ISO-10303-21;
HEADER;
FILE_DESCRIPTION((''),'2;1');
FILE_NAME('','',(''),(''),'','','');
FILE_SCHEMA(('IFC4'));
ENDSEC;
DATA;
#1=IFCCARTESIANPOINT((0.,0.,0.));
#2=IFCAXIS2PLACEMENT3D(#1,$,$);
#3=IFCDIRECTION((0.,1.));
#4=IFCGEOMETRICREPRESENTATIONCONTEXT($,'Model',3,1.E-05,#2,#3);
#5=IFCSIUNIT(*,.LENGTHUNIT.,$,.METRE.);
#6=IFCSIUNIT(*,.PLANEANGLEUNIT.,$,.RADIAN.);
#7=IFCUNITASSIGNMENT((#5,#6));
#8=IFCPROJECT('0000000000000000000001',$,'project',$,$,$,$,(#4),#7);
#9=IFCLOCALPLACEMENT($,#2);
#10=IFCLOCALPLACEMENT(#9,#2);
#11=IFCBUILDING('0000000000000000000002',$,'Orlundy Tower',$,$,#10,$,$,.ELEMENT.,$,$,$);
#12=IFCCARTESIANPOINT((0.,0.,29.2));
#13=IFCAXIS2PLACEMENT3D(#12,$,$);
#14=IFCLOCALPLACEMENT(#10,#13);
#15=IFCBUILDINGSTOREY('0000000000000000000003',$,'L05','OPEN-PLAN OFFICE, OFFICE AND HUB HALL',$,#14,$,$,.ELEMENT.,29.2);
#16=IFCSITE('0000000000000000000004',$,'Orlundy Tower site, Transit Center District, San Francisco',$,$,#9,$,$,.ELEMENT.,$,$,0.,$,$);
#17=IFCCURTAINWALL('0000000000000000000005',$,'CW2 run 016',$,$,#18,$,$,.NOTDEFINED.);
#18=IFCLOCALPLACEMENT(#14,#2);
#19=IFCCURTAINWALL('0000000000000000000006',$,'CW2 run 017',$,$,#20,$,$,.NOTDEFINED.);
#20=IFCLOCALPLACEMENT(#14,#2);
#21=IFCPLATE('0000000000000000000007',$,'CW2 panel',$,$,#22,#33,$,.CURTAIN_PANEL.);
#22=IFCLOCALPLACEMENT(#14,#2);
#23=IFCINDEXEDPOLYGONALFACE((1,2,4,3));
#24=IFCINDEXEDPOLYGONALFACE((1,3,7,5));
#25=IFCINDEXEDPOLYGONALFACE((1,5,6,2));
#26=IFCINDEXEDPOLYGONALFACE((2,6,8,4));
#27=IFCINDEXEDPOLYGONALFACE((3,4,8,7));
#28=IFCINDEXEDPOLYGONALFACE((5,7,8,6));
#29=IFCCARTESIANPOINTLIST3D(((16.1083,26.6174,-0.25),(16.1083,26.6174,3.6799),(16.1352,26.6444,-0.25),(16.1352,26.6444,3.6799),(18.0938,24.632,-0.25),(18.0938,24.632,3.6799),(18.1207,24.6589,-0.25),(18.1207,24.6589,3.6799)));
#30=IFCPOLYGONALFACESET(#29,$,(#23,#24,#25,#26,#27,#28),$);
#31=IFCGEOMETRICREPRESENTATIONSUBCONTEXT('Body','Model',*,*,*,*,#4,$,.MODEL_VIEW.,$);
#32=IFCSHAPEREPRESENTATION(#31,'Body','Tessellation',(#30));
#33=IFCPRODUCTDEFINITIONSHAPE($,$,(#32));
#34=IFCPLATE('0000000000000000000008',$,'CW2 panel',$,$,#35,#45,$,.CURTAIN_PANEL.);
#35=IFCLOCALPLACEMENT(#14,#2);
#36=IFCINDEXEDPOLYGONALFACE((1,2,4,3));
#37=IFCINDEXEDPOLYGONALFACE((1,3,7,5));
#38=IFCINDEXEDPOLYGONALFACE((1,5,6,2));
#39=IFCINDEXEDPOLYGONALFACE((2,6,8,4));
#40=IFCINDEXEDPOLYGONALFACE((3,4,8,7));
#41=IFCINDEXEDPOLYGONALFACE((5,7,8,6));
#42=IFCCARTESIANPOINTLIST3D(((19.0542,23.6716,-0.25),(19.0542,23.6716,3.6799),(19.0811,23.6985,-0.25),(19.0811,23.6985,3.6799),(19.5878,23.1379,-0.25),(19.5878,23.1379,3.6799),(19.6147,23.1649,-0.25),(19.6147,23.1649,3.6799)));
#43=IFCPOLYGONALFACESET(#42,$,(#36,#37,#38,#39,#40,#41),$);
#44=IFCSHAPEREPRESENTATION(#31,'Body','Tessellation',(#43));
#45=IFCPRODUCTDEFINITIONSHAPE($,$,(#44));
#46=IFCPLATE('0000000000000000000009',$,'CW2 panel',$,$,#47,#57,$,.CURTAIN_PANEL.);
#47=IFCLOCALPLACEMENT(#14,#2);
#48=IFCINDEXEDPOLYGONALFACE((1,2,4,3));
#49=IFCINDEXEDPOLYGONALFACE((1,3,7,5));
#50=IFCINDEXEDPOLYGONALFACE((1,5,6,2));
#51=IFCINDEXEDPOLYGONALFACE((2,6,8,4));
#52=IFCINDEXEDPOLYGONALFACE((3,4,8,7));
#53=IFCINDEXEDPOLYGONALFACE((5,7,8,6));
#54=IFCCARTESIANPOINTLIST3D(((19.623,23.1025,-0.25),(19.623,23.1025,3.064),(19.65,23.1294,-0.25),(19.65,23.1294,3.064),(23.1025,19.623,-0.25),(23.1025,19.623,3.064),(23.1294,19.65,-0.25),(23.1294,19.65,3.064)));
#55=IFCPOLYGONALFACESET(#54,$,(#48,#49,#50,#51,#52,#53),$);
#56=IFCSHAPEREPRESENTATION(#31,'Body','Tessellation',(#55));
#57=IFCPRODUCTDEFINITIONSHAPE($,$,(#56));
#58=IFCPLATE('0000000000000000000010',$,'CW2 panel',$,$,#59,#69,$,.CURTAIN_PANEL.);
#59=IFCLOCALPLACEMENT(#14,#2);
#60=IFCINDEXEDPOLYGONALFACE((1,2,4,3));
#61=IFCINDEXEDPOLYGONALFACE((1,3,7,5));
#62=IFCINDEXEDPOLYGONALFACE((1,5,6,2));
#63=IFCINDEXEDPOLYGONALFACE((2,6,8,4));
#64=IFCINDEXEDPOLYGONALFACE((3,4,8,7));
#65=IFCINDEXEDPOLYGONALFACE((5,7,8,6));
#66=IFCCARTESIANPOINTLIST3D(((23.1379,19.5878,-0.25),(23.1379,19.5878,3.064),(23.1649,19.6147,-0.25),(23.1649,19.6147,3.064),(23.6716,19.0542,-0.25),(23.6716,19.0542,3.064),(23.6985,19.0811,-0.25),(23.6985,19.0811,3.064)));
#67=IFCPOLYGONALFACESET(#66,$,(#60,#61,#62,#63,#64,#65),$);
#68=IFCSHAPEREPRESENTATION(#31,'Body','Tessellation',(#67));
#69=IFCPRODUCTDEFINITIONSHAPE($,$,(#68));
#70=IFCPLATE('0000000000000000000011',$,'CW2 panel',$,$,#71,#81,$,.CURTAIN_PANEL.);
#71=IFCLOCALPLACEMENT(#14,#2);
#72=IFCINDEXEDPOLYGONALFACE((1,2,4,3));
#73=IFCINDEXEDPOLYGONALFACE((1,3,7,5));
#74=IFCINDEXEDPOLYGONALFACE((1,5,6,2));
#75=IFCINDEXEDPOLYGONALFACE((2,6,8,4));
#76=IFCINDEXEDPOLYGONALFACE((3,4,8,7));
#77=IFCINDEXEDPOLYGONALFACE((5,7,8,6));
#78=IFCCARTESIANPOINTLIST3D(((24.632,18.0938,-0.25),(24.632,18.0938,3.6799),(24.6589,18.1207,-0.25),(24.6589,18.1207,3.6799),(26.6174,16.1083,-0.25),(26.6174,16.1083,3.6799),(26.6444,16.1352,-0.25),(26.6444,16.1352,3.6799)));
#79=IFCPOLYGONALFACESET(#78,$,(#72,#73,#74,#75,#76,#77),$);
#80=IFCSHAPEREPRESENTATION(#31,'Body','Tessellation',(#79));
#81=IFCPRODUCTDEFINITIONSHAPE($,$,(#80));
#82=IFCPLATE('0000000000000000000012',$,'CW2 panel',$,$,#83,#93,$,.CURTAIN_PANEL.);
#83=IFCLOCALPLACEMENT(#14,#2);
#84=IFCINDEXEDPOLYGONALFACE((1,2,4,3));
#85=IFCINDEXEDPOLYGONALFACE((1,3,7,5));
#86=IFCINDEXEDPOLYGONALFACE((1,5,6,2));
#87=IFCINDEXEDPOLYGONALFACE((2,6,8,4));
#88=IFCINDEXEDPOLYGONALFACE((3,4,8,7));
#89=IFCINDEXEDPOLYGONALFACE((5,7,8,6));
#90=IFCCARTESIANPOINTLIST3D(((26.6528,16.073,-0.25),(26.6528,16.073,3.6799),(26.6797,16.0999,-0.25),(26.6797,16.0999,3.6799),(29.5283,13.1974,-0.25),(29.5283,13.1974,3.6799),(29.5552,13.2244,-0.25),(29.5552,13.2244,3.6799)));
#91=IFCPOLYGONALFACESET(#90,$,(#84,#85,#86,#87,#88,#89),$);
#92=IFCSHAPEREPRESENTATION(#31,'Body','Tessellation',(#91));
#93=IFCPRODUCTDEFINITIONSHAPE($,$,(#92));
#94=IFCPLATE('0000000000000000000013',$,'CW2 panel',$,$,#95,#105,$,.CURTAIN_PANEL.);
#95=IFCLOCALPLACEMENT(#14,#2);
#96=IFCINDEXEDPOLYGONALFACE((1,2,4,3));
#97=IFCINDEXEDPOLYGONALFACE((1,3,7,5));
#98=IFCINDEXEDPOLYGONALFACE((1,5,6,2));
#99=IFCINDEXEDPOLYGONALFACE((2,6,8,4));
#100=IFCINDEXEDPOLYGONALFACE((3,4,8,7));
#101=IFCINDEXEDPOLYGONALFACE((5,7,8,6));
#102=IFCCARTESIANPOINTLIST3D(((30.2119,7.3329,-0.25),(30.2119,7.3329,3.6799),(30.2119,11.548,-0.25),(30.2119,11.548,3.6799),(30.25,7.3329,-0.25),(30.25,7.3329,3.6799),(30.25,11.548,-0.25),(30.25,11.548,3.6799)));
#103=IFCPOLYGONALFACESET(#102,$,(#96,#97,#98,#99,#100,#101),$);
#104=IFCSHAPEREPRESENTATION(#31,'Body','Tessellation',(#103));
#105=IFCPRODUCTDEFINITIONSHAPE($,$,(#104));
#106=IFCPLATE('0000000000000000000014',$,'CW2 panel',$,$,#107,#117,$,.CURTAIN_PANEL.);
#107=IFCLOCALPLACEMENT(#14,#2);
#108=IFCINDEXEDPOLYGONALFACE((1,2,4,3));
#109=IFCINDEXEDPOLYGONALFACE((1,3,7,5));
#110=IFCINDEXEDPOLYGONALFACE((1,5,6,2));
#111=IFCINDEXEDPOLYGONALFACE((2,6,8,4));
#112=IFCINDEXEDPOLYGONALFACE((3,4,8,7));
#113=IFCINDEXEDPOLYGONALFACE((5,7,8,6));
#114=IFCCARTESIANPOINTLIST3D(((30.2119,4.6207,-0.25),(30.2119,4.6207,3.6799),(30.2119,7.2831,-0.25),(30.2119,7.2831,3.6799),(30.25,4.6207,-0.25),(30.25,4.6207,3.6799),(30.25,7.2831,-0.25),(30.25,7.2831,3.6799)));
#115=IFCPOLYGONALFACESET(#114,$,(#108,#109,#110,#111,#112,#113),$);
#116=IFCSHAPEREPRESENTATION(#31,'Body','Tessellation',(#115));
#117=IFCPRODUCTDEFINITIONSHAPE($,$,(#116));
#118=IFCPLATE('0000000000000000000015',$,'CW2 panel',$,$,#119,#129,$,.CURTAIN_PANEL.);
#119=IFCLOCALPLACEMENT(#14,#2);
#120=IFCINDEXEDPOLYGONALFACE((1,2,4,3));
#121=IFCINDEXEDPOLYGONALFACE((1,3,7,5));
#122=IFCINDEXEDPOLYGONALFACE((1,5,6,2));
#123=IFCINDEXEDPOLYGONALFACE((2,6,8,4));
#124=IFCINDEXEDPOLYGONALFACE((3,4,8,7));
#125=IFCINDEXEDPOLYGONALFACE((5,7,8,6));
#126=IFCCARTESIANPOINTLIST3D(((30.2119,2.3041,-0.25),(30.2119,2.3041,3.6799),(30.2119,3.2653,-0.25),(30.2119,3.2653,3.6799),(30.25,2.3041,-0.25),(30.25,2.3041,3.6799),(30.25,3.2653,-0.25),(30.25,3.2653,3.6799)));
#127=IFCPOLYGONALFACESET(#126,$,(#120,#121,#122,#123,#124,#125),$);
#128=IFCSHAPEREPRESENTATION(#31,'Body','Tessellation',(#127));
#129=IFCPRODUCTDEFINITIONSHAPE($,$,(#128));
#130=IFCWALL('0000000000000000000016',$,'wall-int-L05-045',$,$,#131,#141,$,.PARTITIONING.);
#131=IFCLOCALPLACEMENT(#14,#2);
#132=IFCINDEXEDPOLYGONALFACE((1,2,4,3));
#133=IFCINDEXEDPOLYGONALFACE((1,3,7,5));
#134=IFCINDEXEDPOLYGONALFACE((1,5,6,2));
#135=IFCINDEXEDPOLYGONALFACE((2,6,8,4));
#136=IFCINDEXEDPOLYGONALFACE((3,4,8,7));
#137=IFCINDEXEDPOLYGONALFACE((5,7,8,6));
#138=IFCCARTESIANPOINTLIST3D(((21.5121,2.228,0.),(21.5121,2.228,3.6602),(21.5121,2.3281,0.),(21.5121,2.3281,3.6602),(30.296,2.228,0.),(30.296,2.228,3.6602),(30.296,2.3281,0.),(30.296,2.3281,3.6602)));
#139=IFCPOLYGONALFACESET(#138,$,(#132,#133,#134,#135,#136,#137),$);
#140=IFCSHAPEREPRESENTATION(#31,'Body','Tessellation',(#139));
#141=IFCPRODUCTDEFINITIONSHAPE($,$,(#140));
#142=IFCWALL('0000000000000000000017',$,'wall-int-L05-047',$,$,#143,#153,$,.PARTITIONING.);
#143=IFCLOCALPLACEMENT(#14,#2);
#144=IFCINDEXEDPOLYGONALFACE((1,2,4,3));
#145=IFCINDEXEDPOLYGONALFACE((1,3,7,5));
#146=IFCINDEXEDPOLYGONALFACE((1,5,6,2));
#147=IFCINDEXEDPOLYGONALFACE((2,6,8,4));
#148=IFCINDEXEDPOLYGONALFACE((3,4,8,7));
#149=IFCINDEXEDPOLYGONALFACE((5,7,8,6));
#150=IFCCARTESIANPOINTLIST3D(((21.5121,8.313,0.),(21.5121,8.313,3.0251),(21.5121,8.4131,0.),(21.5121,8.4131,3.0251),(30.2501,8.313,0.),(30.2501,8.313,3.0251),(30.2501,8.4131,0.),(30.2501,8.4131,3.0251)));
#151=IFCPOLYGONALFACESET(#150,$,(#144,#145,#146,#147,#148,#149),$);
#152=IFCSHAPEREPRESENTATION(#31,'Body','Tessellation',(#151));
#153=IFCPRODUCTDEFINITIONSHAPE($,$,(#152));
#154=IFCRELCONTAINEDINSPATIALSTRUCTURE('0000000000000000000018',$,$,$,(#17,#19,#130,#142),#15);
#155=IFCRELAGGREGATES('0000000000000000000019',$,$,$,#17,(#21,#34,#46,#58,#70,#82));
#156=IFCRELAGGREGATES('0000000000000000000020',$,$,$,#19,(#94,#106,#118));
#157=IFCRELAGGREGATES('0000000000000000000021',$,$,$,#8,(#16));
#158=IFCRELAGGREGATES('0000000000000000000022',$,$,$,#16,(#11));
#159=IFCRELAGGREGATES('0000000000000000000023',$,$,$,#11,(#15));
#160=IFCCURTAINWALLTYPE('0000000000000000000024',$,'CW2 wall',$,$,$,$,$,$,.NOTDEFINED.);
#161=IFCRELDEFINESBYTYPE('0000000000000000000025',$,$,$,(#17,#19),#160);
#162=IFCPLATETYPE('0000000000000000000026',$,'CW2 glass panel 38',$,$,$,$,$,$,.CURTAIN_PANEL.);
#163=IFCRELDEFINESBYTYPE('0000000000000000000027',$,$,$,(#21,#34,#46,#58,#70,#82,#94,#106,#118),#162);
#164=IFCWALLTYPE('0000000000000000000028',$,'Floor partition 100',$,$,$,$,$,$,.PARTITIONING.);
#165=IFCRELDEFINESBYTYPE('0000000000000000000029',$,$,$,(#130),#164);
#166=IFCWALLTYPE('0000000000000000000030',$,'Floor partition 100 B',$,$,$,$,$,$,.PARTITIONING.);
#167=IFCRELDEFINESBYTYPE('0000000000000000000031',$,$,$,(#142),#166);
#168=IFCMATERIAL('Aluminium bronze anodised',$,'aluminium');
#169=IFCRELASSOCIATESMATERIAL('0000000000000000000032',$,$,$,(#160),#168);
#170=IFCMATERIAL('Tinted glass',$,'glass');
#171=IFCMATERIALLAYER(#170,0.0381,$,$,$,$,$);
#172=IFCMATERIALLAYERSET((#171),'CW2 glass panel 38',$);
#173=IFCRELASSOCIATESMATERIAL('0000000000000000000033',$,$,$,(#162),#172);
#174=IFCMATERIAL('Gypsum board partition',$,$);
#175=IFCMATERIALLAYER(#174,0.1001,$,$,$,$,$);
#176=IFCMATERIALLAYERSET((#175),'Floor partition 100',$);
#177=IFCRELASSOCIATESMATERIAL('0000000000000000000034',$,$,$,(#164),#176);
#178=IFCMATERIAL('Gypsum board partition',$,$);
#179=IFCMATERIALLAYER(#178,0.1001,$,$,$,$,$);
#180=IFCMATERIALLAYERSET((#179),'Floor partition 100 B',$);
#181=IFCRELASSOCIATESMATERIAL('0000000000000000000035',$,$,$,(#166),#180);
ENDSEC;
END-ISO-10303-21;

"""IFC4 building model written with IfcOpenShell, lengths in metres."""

from ifc_helpers import new_model, si_unit, direction, frame, frame_2d, origin, origin_2d, place, context, subcontext, project, spatial, rectangle, extrude, material, layer, layer_set, type_object, element, aggregate, save


model = new_model("IFC4")

# Units and contexts
model_context = context("Model", 3, precision=1e-05, world=origin(), true_north=direction((0.0, 1.0)))
body_context = subcontext(model_context, "Body", "Model", "MODEL_VIEW")
ifc_project = project(units=[si_unit("LENGTHUNIT", "METRE"), si_unit("PLANEANGLEUNIT", "RADIAN")], contexts=[model_context])

# Site, building, storey
site_placement = place(None, origin())
site = spatial("IfcSite", under=ifc_project, at=site_placement, Name="Orlundy Tower site, Transit Center District, San Francisco", CompositionType="ELEMENT", RefElevation=0.0)
building_placement = place(site_placement, origin())
building = spatial("IfcBuilding", under=site, at=building_placement, Name="Orlundy Tower", CompositionType="ELEMENT")
storey_placement = place(building_placement, frame((0.0, 0.0, 29.2)))
storey = spatial("IfcBuildingStorey", under=building, at=storey_placement, Name="L05", Description="OPEN-PLAN OFFICE, OFFICE AND HUB HALL", CompositionType="ELEMENT", Elevation=29.2)

# Shared definitions
ifc_material_1 = material(Name="Aluminium bronze anodised", Category="aluminium")
curtain_wall_type = type_object("IfcCurtainWallType", Name="CW2 wall", PredefinedType="NOTDEFINED", material=ifc_material_1)

# Curtain wall
curtain_wall_1_placement = place(storey_placement, origin())
curtain_wall_1 = element("IfcCurtainWall", 1, at=curtain_wall_1_placement, inside=storey, type_object=curtain_wall_type, Name="CW2 run 016", PredefinedType="NOTDEFINED")

# Curtain wall
curtain_wall_2_placement = place(storey_placement, origin())
curtain_wall_2 = element("IfcCurtainWall", 2, at=curtain_wall_2_placement, inside=storey, type_object=curtain_wall_type, Name="CW2 run 017", PredefinedType="NOTDEFINED")

# Plates
ifc_material_2 = material(Name="Tinted glass", Category="glass")
ifc_layer_1 = layer(ifc_material_2, 0.0381)
ifc_layer_set_1 = layer_set([ifc_layer_1], Name="CW2 glass panel 38")
plate_type = type_object("IfcPlateType", Name="CW2 glass panel 38", PredefinedType="CURTAIN_PANEL", material=ifc_layer_set_1)
plate_1_placement = place(storey_placement, frame((17.1145, 25.6382, -0.25), z_axis=(0.0, 0.0, 1.0), x_axis=(0.707107, -0.707107, 0.0)))
plate_1 = element("IfcPlate", 3, at=plate_1_placement, type_object=plate_type, Name="CW2 panel", PredefinedType="CURTAIN_PANEL", context=body_context, shape_type="SweptSolid", body=[
    extrude(rectangle(XDim=2.8079, YDim=0.0381, at=origin_2d()), origin(), (0.0, 0.0, 1.0), 3.9299),
])
plate_2_placement = place(storey_placement, frame((19.3345, 23.4182, -0.25), z_axis=(0.0, 0.0, 1.0), x_axis=(0.707107, -0.707107, 0.0)))
plate_2 = element("IfcPlate", 4, at=plate_2_placement, type_object=plate_type, Name="CW2 panel", PredefinedType="CURTAIN_PANEL", context=body_context, shape_type="SweptSolid", body=[
    extrude(rectangle(XDim=0.7546, YDim=0.0381, at=origin_2d()), origin(), (0.0, 0.0, 1.0), 3.9299),
])
plate_3_placement = place(storey_placement, frame((21.3762, 21.3762, -0.25), z_axis=(0.0, 0.0, 1.0), x_axis=(0.707107, -0.707107, 0.0)))
plate_3 = element("IfcPlate", 5, at=plate_3_placement, type_object=plate_type, Name="CW2 panel", PredefinedType="CURTAIN_PANEL", context=body_context, shape_type="SweptSolid", body=[
    extrude(rectangle(XDim=4.9207, YDim=0.0381, at=origin_2d()), origin(), (0.0, 0.0, 1.0), 3.314),
])
plate_4_placement = place(storey_placement, frame((23.4182, 19.3345, -0.25), z_axis=(0.0, 0.0, 1.0), x_axis=(0.707107, -0.707107, 0.0)))
plate_4 = element("IfcPlate", 6, at=plate_4_placement, type_object=plate_type, Name="CW2 panel", PredefinedType="CURTAIN_PANEL", context=body_context, shape_type="SweptSolid", body=[
    extrude(rectangle(XDim=0.7546, YDim=0.0381, at=origin_2d()), origin(), (0.0, 0.0, 1.0), 3.314),
])
plate_5_placement = place(storey_placement, frame((25.6382, 17.1145, -0.25), z_axis=(0.0, 0.0, 1.0), x_axis=(0.707107, -0.707107, 0.0)))
plate_5 = element("IfcPlate", 7, at=plate_5_placement, type_object=plate_type, Name="CW2 panel", PredefinedType="CURTAIN_PANEL", context=body_context, shape_type="SweptSolid", body=[
    extrude(rectangle(XDim=2.8079, YDim=0.0381, at=origin_2d()), origin(), (0.0, 0.0, 1.0), 3.9299),
])
plate_6_placement = place(storey_placement, frame((28.104, 14.6487, -0.25), z_axis=(0.0, 0.0, 1.0), x_axis=(0.707107, -0.707107, 0.0)))
plate_6 = element("IfcPlate", 8, at=plate_6_placement, type_object=plate_type, Name="CW2 panel", PredefinedType="CURTAIN_PANEL", context=body_context, shape_type="SweptSolid", body=[
    extrude(rectangle(XDim=4.0667, YDim=0.0381, at=origin_2d()), origin(), (0.0, 0.0, 1.0), 3.9299),
])
aggregate(curtain_wall_1, [plate_1, plate_2, plate_3, plate_4, plate_5, plate_6])
plate_7_placement = place(storey_placement, frame((30.231, 9.4404, -0.25), z_axis=(0.0, 0.0, 1.0), x_axis=(0.0, -1.0, 0.0)))
plate_7 = element("IfcPlate", 9, at=plate_7_placement, type_object=plate_type, Name="CW2 panel", PredefinedType="CURTAIN_PANEL", context=body_context, shape_type="SweptSolid", body=[
    extrude(rectangle(XDim=4.2151, YDim=0.0381, at=origin_2d()), origin(), (0.0, 0.0, 1.0), 3.9299),
])
plate_8_placement = place(storey_placement, frame((30.231, 5.9519, -0.25), z_axis=(0.0, 0.0, 1.0), x_axis=(0.0, -1.0, 0.0)))
plate_8 = element("IfcPlate", 10, at=plate_8_placement, type_object=plate_type, Name="CW2 panel", PredefinedType="CURTAIN_PANEL", context=body_context, shape_type="SweptSolid", body=[
    extrude(rectangle(XDim=2.6624, YDim=0.0381, at=origin_2d()), origin(), (0.0, 0.0, 1.0), 3.9299),
])
plate_9_placement = place(storey_placement, frame((30.231, 2.7847, -0.25), z_axis=(0.0, 0.0, 1.0), x_axis=(0.0, -1.0, 0.0)))
plate_9 = element("IfcPlate", 11, at=plate_9_placement, type_object=plate_type, Name="CW2 panel", PredefinedType="CURTAIN_PANEL", context=body_context, shape_type="SweptSolid", body=[
    extrude(rectangle(XDim=0.9612, YDim=0.0381, at=origin_2d()), origin(), (0.0, 0.0, 1.0), 3.9299),
])
aggregate(curtain_wall_2, [plate_7, plate_8, plate_9])

# Walls
ifc_material_3 = material(Name="Gypsum board partition")
ifc_layer_2 = layer(ifc_material_3, 0.1001)
ifc_layer_set_2 = layer_set([ifc_layer_2], Name="Floor partition 100")
wall_type_1 = type_object("IfcWallType", Name="Floor partition 100", PredefinedType="PARTITIONING", material=ifc_layer_set_2)
wall_1_placement = place(storey_placement, frame((21.512, 2.2781, 0.0), z_axis=(0.0, 0.0, 1.0), x_axis=(1.0, 0.0, 0.0)))
element("IfcWall", 12, at=wall_1_placement, inside=storey, type_object=wall_type_1, Name="wall-int-L05-045", PredefinedType="PARTITIONING", context=body_context, shape_type="SweptSolid", body=[
    extrude(rectangle(XDim=8.7839, YDim=0.1001, at=frame_2d((4.3921, 0.0))), origin(), (0.0, 0.0, 1.0), 3.6602),
])
ifc_material_4 = material(Name="Gypsum board partition")
ifc_layer_3 = layer(ifc_material_4, 0.1001)
ifc_layer_set_3 = layer_set([ifc_layer_3], Name="Floor partition 100 B")
wall_type_2 = type_object("IfcWallType", Name="Floor partition 100 B", PredefinedType="PARTITIONING", material=ifc_layer_set_3)
wall_2_placement = place(storey_placement, frame((21.512, 8.363, 0.0), z_axis=(0.0, 0.0, 1.0), x_axis=(1.0, 0.0, 0.0)))
element("IfcWall", 13, at=wall_2_placement, inside=storey, type_object=wall_type_2, Name="wall-int-L05-047", PredefinedType="PARTITIONING", context=body_context, shape_type="SweptSolid", body=[
    extrude(rectangle(XDim=8.738, YDim=0.1001, at=frame_2d((4.3691, 0.0))), origin(), (0.0, 0.0, 1.0), 3.0251),
])

save(model, "model.ifc")
